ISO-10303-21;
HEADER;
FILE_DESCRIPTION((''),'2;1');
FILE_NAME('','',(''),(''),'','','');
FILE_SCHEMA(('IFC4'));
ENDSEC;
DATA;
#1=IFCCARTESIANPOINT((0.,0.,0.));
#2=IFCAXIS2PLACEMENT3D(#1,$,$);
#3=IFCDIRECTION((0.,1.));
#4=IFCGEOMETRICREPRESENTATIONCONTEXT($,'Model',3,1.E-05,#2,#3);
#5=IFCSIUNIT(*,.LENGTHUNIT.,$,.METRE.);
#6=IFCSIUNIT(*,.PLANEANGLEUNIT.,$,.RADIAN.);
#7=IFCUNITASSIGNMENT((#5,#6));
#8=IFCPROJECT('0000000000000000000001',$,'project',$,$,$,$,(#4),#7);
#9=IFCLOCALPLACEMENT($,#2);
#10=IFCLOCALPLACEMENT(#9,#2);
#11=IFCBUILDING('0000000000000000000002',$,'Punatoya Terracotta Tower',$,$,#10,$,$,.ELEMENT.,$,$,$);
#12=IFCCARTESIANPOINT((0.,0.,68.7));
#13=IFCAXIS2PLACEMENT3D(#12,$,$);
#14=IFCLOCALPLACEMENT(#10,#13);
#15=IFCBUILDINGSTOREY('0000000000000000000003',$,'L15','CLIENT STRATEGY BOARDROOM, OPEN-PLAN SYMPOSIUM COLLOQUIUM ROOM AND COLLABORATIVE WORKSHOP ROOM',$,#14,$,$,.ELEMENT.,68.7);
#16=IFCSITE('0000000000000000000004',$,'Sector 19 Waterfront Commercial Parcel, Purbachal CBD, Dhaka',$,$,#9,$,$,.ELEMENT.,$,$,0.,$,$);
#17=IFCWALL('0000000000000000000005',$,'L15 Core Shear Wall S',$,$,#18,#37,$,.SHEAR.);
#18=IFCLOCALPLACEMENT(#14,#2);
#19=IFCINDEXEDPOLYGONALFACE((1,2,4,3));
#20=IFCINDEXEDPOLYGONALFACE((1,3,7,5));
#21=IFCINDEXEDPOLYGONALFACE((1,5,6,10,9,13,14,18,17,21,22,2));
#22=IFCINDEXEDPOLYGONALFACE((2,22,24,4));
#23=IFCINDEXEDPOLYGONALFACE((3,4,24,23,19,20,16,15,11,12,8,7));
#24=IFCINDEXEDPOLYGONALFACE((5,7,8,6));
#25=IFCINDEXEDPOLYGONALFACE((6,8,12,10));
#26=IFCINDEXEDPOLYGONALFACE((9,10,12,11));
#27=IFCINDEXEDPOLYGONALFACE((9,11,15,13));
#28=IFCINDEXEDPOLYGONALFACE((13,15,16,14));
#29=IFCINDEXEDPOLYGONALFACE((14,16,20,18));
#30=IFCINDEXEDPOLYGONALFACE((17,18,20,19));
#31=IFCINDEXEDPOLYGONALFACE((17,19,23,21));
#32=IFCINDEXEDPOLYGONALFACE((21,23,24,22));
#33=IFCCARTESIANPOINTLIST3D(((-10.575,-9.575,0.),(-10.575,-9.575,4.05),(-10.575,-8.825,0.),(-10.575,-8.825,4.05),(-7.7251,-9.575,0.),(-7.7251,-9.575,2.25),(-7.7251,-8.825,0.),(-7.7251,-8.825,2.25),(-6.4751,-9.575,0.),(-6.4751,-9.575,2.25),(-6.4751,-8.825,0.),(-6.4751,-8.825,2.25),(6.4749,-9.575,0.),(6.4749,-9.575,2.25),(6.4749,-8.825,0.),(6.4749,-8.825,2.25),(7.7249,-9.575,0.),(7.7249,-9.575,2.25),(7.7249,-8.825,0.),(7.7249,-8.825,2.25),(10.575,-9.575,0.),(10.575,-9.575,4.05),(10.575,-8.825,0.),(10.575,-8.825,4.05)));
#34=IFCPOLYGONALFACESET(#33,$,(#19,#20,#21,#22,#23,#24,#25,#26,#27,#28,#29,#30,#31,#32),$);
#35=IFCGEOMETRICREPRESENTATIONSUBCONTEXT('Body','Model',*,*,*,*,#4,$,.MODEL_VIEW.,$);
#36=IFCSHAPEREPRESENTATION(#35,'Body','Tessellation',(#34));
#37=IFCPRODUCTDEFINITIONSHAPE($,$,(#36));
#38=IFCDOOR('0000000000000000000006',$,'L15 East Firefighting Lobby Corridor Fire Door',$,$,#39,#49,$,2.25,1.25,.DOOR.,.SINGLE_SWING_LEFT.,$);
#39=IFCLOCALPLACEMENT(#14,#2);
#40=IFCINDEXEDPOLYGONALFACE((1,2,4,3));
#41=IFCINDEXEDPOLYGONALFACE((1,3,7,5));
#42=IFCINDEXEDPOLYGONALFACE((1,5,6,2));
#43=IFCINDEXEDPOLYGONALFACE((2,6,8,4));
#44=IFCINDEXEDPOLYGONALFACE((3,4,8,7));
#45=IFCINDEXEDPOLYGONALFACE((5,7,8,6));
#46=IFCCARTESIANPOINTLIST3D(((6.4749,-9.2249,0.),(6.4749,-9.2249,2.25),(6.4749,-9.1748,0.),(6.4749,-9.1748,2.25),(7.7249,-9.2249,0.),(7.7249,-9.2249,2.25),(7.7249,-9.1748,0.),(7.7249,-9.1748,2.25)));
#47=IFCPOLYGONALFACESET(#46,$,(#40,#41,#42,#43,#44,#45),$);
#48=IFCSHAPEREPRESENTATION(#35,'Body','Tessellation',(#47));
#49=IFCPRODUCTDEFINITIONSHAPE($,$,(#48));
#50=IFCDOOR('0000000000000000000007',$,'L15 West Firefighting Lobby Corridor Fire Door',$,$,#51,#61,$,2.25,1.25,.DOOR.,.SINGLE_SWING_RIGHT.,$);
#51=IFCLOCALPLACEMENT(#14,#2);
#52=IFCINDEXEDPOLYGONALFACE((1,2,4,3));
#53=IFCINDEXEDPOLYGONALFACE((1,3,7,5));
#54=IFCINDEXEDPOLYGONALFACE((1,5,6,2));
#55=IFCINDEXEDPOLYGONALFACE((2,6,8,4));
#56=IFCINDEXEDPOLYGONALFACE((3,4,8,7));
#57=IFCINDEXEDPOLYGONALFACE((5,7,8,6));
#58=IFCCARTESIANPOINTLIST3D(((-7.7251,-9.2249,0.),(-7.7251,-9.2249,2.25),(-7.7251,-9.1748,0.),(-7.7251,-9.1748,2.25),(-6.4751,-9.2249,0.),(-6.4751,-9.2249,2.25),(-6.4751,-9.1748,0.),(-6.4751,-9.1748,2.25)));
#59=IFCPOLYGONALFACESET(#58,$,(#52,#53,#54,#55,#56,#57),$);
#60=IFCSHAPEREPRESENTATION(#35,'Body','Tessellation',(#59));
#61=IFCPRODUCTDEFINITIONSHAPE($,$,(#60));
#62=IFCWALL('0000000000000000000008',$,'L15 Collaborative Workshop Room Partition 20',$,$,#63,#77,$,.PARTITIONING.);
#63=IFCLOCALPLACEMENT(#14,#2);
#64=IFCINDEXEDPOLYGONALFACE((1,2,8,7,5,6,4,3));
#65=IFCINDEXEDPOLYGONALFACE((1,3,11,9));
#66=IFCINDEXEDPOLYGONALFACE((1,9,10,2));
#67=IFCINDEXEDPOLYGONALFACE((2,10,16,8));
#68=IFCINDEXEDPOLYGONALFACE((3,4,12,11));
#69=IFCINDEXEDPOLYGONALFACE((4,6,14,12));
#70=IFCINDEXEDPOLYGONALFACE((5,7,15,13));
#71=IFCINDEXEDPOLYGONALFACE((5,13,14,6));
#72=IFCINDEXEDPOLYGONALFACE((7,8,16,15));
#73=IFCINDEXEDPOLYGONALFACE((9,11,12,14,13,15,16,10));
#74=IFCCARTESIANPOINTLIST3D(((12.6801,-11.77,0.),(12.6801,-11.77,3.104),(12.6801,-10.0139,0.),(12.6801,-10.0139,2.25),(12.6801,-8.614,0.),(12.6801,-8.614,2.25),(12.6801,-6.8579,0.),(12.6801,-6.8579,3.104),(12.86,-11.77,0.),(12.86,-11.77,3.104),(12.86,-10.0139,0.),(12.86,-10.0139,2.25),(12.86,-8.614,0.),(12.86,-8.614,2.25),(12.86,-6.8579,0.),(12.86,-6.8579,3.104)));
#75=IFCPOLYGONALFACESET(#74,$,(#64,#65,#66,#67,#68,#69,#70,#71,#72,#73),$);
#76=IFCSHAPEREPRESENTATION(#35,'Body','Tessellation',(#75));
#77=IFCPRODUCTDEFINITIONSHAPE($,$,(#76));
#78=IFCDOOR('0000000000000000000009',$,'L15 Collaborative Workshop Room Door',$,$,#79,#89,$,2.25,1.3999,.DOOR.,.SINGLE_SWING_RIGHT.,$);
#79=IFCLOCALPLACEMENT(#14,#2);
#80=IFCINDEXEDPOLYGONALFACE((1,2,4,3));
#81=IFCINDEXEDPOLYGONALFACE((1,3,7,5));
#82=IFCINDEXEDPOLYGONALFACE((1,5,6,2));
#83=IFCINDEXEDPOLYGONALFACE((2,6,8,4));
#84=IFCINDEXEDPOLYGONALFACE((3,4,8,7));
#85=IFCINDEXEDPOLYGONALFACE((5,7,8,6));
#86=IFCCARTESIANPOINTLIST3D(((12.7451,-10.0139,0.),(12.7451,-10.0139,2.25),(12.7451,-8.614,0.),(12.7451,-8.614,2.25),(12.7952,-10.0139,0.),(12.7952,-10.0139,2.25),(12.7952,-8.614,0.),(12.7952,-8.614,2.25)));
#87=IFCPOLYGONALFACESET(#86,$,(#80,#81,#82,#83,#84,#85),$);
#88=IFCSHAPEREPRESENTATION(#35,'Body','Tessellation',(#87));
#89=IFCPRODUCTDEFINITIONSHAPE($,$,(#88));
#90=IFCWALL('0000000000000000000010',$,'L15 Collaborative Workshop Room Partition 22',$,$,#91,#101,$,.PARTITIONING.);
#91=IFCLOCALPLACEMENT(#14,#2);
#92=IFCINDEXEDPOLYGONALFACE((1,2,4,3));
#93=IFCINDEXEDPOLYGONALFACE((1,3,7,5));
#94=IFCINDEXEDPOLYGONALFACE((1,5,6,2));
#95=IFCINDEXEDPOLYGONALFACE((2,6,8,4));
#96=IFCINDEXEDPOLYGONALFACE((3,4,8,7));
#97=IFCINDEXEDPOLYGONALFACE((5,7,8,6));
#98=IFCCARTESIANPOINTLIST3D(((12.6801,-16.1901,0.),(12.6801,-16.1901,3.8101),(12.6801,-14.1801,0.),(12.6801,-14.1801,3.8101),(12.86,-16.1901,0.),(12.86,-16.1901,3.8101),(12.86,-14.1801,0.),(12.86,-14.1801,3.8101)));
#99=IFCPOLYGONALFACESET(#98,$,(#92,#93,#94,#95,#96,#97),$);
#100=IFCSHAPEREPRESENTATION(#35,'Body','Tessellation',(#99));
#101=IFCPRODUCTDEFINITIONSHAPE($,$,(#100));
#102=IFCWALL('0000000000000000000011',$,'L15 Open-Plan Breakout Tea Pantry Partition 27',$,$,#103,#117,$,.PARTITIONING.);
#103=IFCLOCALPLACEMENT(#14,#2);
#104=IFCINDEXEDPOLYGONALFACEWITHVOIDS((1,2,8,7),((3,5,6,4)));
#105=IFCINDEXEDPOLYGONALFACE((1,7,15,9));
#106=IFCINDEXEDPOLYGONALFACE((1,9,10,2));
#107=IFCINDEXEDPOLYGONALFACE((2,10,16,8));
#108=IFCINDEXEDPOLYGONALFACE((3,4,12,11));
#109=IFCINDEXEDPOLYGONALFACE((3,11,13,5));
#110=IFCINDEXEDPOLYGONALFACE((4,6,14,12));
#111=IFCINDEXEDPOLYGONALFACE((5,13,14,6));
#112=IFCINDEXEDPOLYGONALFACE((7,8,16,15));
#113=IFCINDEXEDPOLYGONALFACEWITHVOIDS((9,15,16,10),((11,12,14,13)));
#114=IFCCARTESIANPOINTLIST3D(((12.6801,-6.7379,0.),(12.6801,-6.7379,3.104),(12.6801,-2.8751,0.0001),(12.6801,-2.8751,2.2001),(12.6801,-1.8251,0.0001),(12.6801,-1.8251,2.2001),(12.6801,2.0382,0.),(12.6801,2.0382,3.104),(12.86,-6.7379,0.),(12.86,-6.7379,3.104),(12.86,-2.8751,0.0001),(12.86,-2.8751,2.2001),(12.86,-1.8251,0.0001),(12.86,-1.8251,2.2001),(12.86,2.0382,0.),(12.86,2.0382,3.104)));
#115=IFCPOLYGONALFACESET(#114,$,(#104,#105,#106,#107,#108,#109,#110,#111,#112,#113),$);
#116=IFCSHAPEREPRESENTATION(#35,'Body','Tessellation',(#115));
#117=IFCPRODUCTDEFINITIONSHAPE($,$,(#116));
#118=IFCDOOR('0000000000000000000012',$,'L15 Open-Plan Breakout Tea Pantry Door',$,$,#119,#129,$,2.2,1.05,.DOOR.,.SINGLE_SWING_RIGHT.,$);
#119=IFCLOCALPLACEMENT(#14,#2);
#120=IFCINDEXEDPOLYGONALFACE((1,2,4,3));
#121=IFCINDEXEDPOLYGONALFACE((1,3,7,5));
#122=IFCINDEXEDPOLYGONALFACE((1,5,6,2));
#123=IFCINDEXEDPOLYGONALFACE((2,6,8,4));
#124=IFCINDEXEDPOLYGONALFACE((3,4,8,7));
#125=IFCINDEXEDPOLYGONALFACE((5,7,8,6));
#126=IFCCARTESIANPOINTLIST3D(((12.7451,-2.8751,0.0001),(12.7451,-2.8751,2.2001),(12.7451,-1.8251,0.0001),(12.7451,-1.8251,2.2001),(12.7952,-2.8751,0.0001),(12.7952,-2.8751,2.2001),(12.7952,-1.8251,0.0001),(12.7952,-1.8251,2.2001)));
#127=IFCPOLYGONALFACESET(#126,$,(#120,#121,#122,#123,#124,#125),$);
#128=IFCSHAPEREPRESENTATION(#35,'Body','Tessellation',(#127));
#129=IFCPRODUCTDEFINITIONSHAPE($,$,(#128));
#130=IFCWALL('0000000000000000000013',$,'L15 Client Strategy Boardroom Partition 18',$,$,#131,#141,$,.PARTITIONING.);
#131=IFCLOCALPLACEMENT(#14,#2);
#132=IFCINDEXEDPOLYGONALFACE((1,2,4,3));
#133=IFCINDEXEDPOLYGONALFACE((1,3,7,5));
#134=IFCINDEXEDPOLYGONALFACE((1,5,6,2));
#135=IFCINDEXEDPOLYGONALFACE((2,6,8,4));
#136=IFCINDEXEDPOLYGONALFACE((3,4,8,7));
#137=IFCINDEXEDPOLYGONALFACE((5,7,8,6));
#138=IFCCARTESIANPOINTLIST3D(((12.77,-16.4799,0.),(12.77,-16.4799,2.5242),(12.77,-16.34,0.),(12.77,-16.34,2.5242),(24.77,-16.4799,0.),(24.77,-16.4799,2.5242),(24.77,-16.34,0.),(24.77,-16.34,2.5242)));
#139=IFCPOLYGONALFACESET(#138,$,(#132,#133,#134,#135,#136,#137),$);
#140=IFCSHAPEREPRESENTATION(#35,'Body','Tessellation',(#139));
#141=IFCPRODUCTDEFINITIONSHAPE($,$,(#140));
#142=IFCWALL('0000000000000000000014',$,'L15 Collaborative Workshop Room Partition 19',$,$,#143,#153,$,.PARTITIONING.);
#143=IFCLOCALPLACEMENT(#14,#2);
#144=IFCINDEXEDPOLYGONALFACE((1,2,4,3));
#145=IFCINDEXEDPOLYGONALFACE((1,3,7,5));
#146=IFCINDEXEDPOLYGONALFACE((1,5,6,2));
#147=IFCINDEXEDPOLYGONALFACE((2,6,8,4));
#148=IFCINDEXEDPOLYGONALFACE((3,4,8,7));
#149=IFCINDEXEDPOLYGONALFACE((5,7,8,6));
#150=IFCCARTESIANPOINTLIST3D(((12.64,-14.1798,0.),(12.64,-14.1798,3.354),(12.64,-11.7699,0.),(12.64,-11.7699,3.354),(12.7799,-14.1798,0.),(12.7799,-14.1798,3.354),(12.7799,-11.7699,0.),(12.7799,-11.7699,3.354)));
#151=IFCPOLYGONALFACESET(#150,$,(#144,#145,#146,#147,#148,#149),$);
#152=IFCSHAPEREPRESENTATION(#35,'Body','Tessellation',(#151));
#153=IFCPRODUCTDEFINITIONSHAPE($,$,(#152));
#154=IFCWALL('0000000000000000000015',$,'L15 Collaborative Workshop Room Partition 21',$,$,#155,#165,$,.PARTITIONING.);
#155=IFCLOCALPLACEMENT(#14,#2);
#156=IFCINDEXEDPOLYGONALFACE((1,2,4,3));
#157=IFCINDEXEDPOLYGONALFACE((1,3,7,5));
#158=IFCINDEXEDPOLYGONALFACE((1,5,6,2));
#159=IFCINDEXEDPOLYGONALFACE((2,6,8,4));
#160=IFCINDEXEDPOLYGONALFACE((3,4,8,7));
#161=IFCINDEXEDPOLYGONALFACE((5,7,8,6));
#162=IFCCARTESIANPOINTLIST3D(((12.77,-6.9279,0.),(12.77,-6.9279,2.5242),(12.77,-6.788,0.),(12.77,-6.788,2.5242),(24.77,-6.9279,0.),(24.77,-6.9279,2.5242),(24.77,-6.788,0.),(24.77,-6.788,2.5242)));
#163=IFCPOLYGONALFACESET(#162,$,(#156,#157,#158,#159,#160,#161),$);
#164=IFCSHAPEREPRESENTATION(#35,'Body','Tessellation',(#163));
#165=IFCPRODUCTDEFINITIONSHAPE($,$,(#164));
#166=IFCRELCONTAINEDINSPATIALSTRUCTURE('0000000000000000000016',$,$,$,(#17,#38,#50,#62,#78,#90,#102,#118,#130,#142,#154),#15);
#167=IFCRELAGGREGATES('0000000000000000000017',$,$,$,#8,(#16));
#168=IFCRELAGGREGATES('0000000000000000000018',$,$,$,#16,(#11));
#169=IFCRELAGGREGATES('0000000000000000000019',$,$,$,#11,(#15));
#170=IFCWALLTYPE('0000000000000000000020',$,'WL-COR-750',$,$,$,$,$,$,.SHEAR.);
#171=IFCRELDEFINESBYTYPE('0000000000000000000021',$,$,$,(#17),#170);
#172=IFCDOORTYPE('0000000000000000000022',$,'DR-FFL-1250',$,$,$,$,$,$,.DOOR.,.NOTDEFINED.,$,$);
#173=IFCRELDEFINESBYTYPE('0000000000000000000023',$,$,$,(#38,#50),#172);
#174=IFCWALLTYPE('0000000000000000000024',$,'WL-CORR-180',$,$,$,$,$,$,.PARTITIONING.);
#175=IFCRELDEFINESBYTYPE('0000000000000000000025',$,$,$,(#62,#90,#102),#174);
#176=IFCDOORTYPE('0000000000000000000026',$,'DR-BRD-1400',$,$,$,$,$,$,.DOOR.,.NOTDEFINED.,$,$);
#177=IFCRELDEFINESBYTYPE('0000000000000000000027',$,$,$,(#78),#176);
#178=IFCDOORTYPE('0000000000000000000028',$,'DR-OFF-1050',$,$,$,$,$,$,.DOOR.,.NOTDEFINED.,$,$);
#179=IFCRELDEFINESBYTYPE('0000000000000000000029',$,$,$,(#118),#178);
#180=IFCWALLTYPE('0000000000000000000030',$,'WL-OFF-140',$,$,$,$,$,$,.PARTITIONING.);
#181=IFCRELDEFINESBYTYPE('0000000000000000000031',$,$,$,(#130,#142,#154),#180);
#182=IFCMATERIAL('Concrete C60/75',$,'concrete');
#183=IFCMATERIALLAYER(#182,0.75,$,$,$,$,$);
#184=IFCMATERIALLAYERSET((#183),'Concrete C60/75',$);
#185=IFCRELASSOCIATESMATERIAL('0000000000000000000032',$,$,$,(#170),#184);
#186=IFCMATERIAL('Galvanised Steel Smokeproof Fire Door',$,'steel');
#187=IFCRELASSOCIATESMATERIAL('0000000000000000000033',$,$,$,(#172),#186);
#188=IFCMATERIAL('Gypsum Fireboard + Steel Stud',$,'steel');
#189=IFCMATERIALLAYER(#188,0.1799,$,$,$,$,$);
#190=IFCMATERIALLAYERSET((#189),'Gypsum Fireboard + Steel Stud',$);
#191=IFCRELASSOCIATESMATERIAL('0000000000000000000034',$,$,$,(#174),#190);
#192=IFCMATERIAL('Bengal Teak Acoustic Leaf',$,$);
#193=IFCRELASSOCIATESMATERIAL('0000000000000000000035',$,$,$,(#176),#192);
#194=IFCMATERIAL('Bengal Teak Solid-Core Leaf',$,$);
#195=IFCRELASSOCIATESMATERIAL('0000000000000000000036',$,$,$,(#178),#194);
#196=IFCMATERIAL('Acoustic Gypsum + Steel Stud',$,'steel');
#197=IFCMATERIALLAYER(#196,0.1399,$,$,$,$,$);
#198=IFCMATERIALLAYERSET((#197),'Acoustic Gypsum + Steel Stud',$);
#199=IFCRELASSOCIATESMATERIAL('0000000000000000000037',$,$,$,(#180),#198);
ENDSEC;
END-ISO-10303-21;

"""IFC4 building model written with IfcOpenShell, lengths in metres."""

from ifc_helpers import new_model, si_unit, direction, frame, frame_2d, origin, place, context, subcontext, project, spatial, rectangle, extrude, material, layer, layer_set, type_object, element, fill, save


model = new_model("IFC4")

# Units and contexts
model_context = context("Model", 3, precision=1e-05, world=origin(), true_north=direction((0.0, 1.0)))
body_context = subcontext(model_context, "Body", "Model", "MODEL_VIEW")
ifc_project = project(units=[si_unit("LENGTHUNIT", "METRE"), si_unit("PLANEANGLEUNIT", "RADIAN")], contexts=[model_context])

# Site, building, storey
site_placement = place(None, origin())
site = spatial("IfcSite", under=ifc_project, at=site_placement, Name="Sector 19 Waterfront Commercial Parcel, Purbachal CBD, Dhaka", CompositionType="ELEMENT", RefElevation=0.0)
building_placement = place(site_placement, origin())
building = spatial("IfcBuilding", under=site, at=building_placement, Name="Punatoya Terracotta Tower", CompositionType="ELEMENT")
storey_placement = place(building_placement, frame((0.0, 0.0, 68.7)))
storey = spatial("IfcBuildingStorey", under=building, at=storey_placement, Name="L15", Description="CLIENT STRATEGY BOARDROOM, OPEN-PLAN SYMPOSIUM COLLOQUIUM ROOM AND COLLABORATIVE WORKSHOP ROOM", CompositionType="ELEMENT", Elevation=68.7)

# Wall, openings, doors
ifc_material_1 = material(Name="Concrete C60/75", Category="concrete")
ifc_layer_1 = layer(ifc_material_1, 0.75)
ifc_layer_set_1 = layer_set([ifc_layer_1], Name="Concrete C60/75")
wall_type_1 = type_object("IfcWallType", Name="WL-COR-750", PredefinedType="SHEAR", material=ifc_layer_set_1)
wall_1_placement = place(storey_placement, frame((10.575, -9.2, 0.0), z_axis=(0.0, 0.0, 1.0), x_axis=(-1.0, 0.0, 0.0)))
wall_1 = element("IfcWall", 1, at=wall_1_placement, inside=storey, type_object=wall_type_1, Name="L15 Core Shear Wall S", PredefinedType="SHEAR", context=body_context, shape_type="SweptSolid", body=[
    extrude(rectangle(XDim=21.1499, YDim=0.75, at=frame_2d((10.575, 0.0))), origin(), (0.0, 0.0, 1.0), 4.05),
])
opening_1_placement = place(wall_1_placement, frame((2.8501, 0.0, 0.0)))
opening_1 = element("IfcOpeningElement", 2, at=opening_1_placement, cuts=wall_1, PredefinedType="OPENING", context=body_context, shape_type="SweptSolid", body=[
    extrude(rectangle(XDim=1.25, YDim=2.25, at=frame_2d((0.625, 1.125))), frame((0.0, 0.385, 0.0), z_axis=(0.0, -1.0, 0.0), x_axis=(1.0, 0.0, 0.0)), (0.0, 0.0, 1.0), 0.77),
])
opening_2_placement = place(wall_1_placement, frame((17.05, 0.0, 0.0)))
opening_2 = element("IfcOpeningElement", 3, at=opening_2_placement, cuts=wall_1, PredefinedType="OPENING", context=body_context, shape_type="SweptSolid", body=[
    extrude(rectangle(XDim=1.25, YDim=2.25, at=frame_2d((0.625, 1.125))), frame((0.0, 0.385, 0.0), z_axis=(0.0, -1.0, 0.0), x_axis=(1.0, 0.0, 0.0)), (0.0, 0.0, 1.0), 0.77),
])
ifc_material_2 = material(Name="Galvanised Steel Smokeproof Fire Door", Category="steel")
door_type_1 = type_object("IfcDoorType", Name="DR-FFL-1250", OperationType="NOTDEFINED", PredefinedType="DOOR", material=ifc_material_2)
door_1_placement = place(opening_1_placement, origin())
door_1 = element("IfcDoor", 4, at=door_1_placement, inside=storey, type_object=door_type_1, Name="L15 East Firefighting Lobby Corridor Fire Door", OperationType="SINGLE_SWING_LEFT", OverallHeight=2.25, OverallWidth=1.25, PredefinedType="DOOR", context=body_context, shape_type="SweptSolid", body=[
    extrude(rectangle(XDim=1.25, YDim=2.25, at=frame_2d((0.625, 1.125))), frame((0.0, 0.0249, 0.0), z_axis=(0.0, -1.0, 0.0), x_axis=(1.0, 0.0, 0.0)), (0.0, 0.0, 1.0), 0.05),
])
fill(opening_1, door_1)
door_2_placement = place(opening_2_placement, origin())
door_2 = element("IfcDoor", 5, at=door_2_placement, inside=storey, type_object=door_type_1, Name="L15 West Firefighting Lobby Corridor Fire Door", OperationType="SINGLE_SWING_RIGHT", OverallHeight=2.25, OverallWidth=1.25, PredefinedType="DOOR", context=body_context, shape_type="SweptSolid", body=[
    extrude(rectangle(XDim=1.25, YDim=2.25, at=frame_2d((0.625, 1.125))), frame((0.0, 0.0249, 0.0), z_axis=(0.0, -1.0, 0.0), x_axis=(1.0, 0.0, 0.0)), (0.0, 0.0, 1.0), 0.05),
])
fill(opening_2, door_2)

# Wall, opening, door
ifc_material_3 = material(Name="Gypsum Fireboard + Steel Stud", Category="steel")
ifc_layer_2 = layer(ifc_material_3, 0.1799)
ifc_layer_set_2 = layer_set([ifc_layer_2], Name="Gypsum Fireboard + Steel Stud")
wall_type_2 = type_object("IfcWallType", Name="WL-CORR-180", PredefinedType="PARTITIONING", material=ifc_layer_set_2)
wall_2_placement = place(storey_placement, frame((12.77, -11.77, 0.0), z_axis=(0.0, 0.0, 1.0), x_axis=(0.0, 1.0, 0.0)))
wall_2 = element("IfcWall", 6, at=wall_2_placement, inside=storey, type_object=wall_type_2, Name="L15 Collaborative Workshop Room Partition 20", PredefinedType="PARTITIONING", context=body_context, shape_type="SweptSolid", body=[
    extrude(rectangle(XDim=4.9121, YDim=0.1799, at=frame_2d((2.4561, 0.0))), origin(), (0.0, 0.0, 1.0), 3.104),
])
opening_3_placement = place(wall_2_placement, frame((1.7561, 0.0, 0.0)))
opening_3 = element("IfcOpeningElement", 7, at=opening_3_placement, cuts=wall_2, PredefinedType="OPENING", context=body_context, shape_type="SweptSolid", body=[
    extrude(rectangle(XDim=1.3999, YDim=2.25, at=frame_2d((0.7, 1.125))), frame((0.0, 0.0999, 0.0), z_axis=(0.0, -1.0, 0.0), x_axis=(1.0, 0.0, 0.0)), (0.0, 0.0, 1.0), 0.2),
])
ifc_material_4 = material(Name="Bengal Teak Acoustic Leaf")
door_type_2 = type_object("IfcDoorType", Name="DR-BRD-1400", OperationType="NOTDEFINED", PredefinedType="DOOR", material=ifc_material_4)
door_3_placement = place(opening_3_placement, origin())
door_3 = element("IfcDoor", 8, at=door_3_placement, inside=storey, type_object=door_type_2, Name="L15 Collaborative Workshop Room Door", OperationType="SINGLE_SWING_RIGHT", OverallHeight=2.25, OverallWidth=1.3999, PredefinedType="DOOR", context=body_context, shape_type="SweptSolid", body=[
    extrude(rectangle(XDim=1.3999, YDim=2.25, at=frame_2d((0.7, 1.125))), frame((0.0, 0.0249, 0.0), z_axis=(0.0, -1.0, 0.0), x_axis=(1.0, 0.0, 0.0)), (0.0, 0.0, 1.0), 0.05),
])
fill(opening_3, door_3)

# Wall
wall_3_placement = place(storey_placement, frame((12.77, -16.1899, 0.0), z_axis=(0.0, 0.0, 1.0), x_axis=(0.0, 1.0, 0.0)))
element("IfcWall", 9, at=wall_3_placement, inside=storey, type_object=wall_type_2, Name="L15 Collaborative Workshop Room Partition 22", PredefinedType="PARTITIONING", context=body_context, shape_type="SweptSolid", body=[
    extrude(rectangle(XDim=2.01, YDim=0.1799, at=frame_2d((1.0049, 0.0))), origin(), (0.0, 0.0, 1.0), 3.8101),
])

# Wall, opening, door
wall_4_placement = place(storey_placement, frame((12.77, -6.738, 0.0), z_axis=(0.0, 0.0, 1.0), x_axis=(0.0, 1.0, 0.0)))
wall_4 = element("IfcWall", 10, at=wall_4_placement, inside=storey, type_object=wall_type_2, Name="L15 Open-Plan Breakout Tea Pantry Partition 27", PredefinedType="PARTITIONING", context=body_context, shape_type="SweptSolid", body=[
    extrude(rectangle(XDim=8.7761, YDim=0.1799, at=frame_2d((4.3882, 0.0))), origin(), (0.0, 0.0, 1.0), 3.104),
])
opening_4_placement = place(wall_4_placement, frame((3.863, 0.0, 0.0)))
opening_4 = element("IfcOpeningElement", 11, at=opening_4_placement, cuts=wall_4, PredefinedType="OPENING", context=body_context, shape_type="SweptSolid", body=[
    extrude(rectangle(XDim=1.05, YDim=2.2, at=frame_2d((0.5249, 1.1001))), frame((0.0, 0.0999, 0.0), z_axis=(0.0, -1.0, 0.0), x_axis=(1.0, 0.0, 0.0)), (0.0, 0.0, 1.0), 0.2),
])
ifc_material_5 = material(Name="Bengal Teak Solid-Core Leaf")
door_type_3 = type_object("IfcDoorType", Name="DR-OFF-1050", OperationType="NOTDEFINED", PredefinedType="DOOR", material=ifc_material_5)
door_4_placement = place(opening_4_placement, origin())
door_4 = element("IfcDoor", 12, at=door_4_placement, inside=storey, type_object=door_type_3, Name="L15 Open-Plan Breakout Tea Pantry Door", OperationType="SINGLE_SWING_RIGHT", OverallHeight=2.2, OverallWidth=1.05, PredefinedType="DOOR", context=body_context, shape_type="SweptSolid", body=[
    extrude(rectangle(XDim=1.05, YDim=2.2, at=frame_2d((0.5249, 1.1001))), frame((0.0, 0.0249, 0.0), z_axis=(0.0, -1.0, 0.0), x_axis=(1.0, 0.0, 0.0)), (0.0, 0.0, 1.0), 0.05),
])
fill(opening_4, door_4)

# Walls
ifc_material_6 = material(Name="Acoustic Gypsum + Steel Stud", Category="steel")
ifc_layer_3 = layer(ifc_material_6, 0.1399)
ifc_layer_set_3 = layer_set([ifc_layer_3], Name="Acoustic Gypsum + Steel Stud")
wall_type_3 = type_object("IfcWallType", Name="WL-OFF-140", PredefinedType="PARTITIONING", material=ifc_layer_set_3)
wall_5_placement = place(storey_placement, frame((12.77, -16.4099, 0.0), z_axis=(0.0, 0.0, 1.0), x_axis=(1.0, 0.0, 0.0)))
element("IfcWall", 13, at=wall_5_placement, inside=storey, type_object=wall_type_3, Name="L15 Client Strategy Boardroom Partition 18", PredefinedType="PARTITIONING", context=body_context, shape_type="SweptSolid", body=[
    extrude(rectangle(XDim=12.0, YDim=0.1399, at=frame_2d((6.0, 0.0))), origin(), (0.0, 0.0, 1.0), 2.5242),
])
wall_6_placement = place(storey_placement, frame((12.71, -14.1799, 0.0), z_axis=(0.0, 0.0, 1.0), x_axis=(0.0, 1.0, 0.0)))
element("IfcWall", 14, at=wall_6_placement, inside=storey, type_object=wall_type_3, Name="L15 Collaborative Workshop Room Partition 19", PredefinedType="PARTITIONING", context=body_context, shape_type="SweptSolid", body=[
    extrude(rectangle(XDim=2.4099, YDim=0.1399, at=frame_2d((1.2051, 0.0))), origin(), (0.0, 0.0, 1.0), 3.354),
])
wall_7_placement = place(storey_placement, frame((12.77, -6.8579, 0.0), z_axis=(0.0, 0.0, 1.0), x_axis=(1.0, 0.0, 0.0)))
element("IfcWall", 15, at=wall_7_placement, inside=storey, type_object=wall_type_3, Name="L15 Collaborative Workshop Room Partition 21", PredefinedType="PARTITIONING", context=body_context, shape_type="SweptSolid", body=[
    extrude(rectangle(XDim=12.0, YDim=0.1399, at=frame_2d((6.0, 0.0))), origin(), (0.0, 0.0, 1.0), 2.5242),
])

save(model, "model.ifc")
